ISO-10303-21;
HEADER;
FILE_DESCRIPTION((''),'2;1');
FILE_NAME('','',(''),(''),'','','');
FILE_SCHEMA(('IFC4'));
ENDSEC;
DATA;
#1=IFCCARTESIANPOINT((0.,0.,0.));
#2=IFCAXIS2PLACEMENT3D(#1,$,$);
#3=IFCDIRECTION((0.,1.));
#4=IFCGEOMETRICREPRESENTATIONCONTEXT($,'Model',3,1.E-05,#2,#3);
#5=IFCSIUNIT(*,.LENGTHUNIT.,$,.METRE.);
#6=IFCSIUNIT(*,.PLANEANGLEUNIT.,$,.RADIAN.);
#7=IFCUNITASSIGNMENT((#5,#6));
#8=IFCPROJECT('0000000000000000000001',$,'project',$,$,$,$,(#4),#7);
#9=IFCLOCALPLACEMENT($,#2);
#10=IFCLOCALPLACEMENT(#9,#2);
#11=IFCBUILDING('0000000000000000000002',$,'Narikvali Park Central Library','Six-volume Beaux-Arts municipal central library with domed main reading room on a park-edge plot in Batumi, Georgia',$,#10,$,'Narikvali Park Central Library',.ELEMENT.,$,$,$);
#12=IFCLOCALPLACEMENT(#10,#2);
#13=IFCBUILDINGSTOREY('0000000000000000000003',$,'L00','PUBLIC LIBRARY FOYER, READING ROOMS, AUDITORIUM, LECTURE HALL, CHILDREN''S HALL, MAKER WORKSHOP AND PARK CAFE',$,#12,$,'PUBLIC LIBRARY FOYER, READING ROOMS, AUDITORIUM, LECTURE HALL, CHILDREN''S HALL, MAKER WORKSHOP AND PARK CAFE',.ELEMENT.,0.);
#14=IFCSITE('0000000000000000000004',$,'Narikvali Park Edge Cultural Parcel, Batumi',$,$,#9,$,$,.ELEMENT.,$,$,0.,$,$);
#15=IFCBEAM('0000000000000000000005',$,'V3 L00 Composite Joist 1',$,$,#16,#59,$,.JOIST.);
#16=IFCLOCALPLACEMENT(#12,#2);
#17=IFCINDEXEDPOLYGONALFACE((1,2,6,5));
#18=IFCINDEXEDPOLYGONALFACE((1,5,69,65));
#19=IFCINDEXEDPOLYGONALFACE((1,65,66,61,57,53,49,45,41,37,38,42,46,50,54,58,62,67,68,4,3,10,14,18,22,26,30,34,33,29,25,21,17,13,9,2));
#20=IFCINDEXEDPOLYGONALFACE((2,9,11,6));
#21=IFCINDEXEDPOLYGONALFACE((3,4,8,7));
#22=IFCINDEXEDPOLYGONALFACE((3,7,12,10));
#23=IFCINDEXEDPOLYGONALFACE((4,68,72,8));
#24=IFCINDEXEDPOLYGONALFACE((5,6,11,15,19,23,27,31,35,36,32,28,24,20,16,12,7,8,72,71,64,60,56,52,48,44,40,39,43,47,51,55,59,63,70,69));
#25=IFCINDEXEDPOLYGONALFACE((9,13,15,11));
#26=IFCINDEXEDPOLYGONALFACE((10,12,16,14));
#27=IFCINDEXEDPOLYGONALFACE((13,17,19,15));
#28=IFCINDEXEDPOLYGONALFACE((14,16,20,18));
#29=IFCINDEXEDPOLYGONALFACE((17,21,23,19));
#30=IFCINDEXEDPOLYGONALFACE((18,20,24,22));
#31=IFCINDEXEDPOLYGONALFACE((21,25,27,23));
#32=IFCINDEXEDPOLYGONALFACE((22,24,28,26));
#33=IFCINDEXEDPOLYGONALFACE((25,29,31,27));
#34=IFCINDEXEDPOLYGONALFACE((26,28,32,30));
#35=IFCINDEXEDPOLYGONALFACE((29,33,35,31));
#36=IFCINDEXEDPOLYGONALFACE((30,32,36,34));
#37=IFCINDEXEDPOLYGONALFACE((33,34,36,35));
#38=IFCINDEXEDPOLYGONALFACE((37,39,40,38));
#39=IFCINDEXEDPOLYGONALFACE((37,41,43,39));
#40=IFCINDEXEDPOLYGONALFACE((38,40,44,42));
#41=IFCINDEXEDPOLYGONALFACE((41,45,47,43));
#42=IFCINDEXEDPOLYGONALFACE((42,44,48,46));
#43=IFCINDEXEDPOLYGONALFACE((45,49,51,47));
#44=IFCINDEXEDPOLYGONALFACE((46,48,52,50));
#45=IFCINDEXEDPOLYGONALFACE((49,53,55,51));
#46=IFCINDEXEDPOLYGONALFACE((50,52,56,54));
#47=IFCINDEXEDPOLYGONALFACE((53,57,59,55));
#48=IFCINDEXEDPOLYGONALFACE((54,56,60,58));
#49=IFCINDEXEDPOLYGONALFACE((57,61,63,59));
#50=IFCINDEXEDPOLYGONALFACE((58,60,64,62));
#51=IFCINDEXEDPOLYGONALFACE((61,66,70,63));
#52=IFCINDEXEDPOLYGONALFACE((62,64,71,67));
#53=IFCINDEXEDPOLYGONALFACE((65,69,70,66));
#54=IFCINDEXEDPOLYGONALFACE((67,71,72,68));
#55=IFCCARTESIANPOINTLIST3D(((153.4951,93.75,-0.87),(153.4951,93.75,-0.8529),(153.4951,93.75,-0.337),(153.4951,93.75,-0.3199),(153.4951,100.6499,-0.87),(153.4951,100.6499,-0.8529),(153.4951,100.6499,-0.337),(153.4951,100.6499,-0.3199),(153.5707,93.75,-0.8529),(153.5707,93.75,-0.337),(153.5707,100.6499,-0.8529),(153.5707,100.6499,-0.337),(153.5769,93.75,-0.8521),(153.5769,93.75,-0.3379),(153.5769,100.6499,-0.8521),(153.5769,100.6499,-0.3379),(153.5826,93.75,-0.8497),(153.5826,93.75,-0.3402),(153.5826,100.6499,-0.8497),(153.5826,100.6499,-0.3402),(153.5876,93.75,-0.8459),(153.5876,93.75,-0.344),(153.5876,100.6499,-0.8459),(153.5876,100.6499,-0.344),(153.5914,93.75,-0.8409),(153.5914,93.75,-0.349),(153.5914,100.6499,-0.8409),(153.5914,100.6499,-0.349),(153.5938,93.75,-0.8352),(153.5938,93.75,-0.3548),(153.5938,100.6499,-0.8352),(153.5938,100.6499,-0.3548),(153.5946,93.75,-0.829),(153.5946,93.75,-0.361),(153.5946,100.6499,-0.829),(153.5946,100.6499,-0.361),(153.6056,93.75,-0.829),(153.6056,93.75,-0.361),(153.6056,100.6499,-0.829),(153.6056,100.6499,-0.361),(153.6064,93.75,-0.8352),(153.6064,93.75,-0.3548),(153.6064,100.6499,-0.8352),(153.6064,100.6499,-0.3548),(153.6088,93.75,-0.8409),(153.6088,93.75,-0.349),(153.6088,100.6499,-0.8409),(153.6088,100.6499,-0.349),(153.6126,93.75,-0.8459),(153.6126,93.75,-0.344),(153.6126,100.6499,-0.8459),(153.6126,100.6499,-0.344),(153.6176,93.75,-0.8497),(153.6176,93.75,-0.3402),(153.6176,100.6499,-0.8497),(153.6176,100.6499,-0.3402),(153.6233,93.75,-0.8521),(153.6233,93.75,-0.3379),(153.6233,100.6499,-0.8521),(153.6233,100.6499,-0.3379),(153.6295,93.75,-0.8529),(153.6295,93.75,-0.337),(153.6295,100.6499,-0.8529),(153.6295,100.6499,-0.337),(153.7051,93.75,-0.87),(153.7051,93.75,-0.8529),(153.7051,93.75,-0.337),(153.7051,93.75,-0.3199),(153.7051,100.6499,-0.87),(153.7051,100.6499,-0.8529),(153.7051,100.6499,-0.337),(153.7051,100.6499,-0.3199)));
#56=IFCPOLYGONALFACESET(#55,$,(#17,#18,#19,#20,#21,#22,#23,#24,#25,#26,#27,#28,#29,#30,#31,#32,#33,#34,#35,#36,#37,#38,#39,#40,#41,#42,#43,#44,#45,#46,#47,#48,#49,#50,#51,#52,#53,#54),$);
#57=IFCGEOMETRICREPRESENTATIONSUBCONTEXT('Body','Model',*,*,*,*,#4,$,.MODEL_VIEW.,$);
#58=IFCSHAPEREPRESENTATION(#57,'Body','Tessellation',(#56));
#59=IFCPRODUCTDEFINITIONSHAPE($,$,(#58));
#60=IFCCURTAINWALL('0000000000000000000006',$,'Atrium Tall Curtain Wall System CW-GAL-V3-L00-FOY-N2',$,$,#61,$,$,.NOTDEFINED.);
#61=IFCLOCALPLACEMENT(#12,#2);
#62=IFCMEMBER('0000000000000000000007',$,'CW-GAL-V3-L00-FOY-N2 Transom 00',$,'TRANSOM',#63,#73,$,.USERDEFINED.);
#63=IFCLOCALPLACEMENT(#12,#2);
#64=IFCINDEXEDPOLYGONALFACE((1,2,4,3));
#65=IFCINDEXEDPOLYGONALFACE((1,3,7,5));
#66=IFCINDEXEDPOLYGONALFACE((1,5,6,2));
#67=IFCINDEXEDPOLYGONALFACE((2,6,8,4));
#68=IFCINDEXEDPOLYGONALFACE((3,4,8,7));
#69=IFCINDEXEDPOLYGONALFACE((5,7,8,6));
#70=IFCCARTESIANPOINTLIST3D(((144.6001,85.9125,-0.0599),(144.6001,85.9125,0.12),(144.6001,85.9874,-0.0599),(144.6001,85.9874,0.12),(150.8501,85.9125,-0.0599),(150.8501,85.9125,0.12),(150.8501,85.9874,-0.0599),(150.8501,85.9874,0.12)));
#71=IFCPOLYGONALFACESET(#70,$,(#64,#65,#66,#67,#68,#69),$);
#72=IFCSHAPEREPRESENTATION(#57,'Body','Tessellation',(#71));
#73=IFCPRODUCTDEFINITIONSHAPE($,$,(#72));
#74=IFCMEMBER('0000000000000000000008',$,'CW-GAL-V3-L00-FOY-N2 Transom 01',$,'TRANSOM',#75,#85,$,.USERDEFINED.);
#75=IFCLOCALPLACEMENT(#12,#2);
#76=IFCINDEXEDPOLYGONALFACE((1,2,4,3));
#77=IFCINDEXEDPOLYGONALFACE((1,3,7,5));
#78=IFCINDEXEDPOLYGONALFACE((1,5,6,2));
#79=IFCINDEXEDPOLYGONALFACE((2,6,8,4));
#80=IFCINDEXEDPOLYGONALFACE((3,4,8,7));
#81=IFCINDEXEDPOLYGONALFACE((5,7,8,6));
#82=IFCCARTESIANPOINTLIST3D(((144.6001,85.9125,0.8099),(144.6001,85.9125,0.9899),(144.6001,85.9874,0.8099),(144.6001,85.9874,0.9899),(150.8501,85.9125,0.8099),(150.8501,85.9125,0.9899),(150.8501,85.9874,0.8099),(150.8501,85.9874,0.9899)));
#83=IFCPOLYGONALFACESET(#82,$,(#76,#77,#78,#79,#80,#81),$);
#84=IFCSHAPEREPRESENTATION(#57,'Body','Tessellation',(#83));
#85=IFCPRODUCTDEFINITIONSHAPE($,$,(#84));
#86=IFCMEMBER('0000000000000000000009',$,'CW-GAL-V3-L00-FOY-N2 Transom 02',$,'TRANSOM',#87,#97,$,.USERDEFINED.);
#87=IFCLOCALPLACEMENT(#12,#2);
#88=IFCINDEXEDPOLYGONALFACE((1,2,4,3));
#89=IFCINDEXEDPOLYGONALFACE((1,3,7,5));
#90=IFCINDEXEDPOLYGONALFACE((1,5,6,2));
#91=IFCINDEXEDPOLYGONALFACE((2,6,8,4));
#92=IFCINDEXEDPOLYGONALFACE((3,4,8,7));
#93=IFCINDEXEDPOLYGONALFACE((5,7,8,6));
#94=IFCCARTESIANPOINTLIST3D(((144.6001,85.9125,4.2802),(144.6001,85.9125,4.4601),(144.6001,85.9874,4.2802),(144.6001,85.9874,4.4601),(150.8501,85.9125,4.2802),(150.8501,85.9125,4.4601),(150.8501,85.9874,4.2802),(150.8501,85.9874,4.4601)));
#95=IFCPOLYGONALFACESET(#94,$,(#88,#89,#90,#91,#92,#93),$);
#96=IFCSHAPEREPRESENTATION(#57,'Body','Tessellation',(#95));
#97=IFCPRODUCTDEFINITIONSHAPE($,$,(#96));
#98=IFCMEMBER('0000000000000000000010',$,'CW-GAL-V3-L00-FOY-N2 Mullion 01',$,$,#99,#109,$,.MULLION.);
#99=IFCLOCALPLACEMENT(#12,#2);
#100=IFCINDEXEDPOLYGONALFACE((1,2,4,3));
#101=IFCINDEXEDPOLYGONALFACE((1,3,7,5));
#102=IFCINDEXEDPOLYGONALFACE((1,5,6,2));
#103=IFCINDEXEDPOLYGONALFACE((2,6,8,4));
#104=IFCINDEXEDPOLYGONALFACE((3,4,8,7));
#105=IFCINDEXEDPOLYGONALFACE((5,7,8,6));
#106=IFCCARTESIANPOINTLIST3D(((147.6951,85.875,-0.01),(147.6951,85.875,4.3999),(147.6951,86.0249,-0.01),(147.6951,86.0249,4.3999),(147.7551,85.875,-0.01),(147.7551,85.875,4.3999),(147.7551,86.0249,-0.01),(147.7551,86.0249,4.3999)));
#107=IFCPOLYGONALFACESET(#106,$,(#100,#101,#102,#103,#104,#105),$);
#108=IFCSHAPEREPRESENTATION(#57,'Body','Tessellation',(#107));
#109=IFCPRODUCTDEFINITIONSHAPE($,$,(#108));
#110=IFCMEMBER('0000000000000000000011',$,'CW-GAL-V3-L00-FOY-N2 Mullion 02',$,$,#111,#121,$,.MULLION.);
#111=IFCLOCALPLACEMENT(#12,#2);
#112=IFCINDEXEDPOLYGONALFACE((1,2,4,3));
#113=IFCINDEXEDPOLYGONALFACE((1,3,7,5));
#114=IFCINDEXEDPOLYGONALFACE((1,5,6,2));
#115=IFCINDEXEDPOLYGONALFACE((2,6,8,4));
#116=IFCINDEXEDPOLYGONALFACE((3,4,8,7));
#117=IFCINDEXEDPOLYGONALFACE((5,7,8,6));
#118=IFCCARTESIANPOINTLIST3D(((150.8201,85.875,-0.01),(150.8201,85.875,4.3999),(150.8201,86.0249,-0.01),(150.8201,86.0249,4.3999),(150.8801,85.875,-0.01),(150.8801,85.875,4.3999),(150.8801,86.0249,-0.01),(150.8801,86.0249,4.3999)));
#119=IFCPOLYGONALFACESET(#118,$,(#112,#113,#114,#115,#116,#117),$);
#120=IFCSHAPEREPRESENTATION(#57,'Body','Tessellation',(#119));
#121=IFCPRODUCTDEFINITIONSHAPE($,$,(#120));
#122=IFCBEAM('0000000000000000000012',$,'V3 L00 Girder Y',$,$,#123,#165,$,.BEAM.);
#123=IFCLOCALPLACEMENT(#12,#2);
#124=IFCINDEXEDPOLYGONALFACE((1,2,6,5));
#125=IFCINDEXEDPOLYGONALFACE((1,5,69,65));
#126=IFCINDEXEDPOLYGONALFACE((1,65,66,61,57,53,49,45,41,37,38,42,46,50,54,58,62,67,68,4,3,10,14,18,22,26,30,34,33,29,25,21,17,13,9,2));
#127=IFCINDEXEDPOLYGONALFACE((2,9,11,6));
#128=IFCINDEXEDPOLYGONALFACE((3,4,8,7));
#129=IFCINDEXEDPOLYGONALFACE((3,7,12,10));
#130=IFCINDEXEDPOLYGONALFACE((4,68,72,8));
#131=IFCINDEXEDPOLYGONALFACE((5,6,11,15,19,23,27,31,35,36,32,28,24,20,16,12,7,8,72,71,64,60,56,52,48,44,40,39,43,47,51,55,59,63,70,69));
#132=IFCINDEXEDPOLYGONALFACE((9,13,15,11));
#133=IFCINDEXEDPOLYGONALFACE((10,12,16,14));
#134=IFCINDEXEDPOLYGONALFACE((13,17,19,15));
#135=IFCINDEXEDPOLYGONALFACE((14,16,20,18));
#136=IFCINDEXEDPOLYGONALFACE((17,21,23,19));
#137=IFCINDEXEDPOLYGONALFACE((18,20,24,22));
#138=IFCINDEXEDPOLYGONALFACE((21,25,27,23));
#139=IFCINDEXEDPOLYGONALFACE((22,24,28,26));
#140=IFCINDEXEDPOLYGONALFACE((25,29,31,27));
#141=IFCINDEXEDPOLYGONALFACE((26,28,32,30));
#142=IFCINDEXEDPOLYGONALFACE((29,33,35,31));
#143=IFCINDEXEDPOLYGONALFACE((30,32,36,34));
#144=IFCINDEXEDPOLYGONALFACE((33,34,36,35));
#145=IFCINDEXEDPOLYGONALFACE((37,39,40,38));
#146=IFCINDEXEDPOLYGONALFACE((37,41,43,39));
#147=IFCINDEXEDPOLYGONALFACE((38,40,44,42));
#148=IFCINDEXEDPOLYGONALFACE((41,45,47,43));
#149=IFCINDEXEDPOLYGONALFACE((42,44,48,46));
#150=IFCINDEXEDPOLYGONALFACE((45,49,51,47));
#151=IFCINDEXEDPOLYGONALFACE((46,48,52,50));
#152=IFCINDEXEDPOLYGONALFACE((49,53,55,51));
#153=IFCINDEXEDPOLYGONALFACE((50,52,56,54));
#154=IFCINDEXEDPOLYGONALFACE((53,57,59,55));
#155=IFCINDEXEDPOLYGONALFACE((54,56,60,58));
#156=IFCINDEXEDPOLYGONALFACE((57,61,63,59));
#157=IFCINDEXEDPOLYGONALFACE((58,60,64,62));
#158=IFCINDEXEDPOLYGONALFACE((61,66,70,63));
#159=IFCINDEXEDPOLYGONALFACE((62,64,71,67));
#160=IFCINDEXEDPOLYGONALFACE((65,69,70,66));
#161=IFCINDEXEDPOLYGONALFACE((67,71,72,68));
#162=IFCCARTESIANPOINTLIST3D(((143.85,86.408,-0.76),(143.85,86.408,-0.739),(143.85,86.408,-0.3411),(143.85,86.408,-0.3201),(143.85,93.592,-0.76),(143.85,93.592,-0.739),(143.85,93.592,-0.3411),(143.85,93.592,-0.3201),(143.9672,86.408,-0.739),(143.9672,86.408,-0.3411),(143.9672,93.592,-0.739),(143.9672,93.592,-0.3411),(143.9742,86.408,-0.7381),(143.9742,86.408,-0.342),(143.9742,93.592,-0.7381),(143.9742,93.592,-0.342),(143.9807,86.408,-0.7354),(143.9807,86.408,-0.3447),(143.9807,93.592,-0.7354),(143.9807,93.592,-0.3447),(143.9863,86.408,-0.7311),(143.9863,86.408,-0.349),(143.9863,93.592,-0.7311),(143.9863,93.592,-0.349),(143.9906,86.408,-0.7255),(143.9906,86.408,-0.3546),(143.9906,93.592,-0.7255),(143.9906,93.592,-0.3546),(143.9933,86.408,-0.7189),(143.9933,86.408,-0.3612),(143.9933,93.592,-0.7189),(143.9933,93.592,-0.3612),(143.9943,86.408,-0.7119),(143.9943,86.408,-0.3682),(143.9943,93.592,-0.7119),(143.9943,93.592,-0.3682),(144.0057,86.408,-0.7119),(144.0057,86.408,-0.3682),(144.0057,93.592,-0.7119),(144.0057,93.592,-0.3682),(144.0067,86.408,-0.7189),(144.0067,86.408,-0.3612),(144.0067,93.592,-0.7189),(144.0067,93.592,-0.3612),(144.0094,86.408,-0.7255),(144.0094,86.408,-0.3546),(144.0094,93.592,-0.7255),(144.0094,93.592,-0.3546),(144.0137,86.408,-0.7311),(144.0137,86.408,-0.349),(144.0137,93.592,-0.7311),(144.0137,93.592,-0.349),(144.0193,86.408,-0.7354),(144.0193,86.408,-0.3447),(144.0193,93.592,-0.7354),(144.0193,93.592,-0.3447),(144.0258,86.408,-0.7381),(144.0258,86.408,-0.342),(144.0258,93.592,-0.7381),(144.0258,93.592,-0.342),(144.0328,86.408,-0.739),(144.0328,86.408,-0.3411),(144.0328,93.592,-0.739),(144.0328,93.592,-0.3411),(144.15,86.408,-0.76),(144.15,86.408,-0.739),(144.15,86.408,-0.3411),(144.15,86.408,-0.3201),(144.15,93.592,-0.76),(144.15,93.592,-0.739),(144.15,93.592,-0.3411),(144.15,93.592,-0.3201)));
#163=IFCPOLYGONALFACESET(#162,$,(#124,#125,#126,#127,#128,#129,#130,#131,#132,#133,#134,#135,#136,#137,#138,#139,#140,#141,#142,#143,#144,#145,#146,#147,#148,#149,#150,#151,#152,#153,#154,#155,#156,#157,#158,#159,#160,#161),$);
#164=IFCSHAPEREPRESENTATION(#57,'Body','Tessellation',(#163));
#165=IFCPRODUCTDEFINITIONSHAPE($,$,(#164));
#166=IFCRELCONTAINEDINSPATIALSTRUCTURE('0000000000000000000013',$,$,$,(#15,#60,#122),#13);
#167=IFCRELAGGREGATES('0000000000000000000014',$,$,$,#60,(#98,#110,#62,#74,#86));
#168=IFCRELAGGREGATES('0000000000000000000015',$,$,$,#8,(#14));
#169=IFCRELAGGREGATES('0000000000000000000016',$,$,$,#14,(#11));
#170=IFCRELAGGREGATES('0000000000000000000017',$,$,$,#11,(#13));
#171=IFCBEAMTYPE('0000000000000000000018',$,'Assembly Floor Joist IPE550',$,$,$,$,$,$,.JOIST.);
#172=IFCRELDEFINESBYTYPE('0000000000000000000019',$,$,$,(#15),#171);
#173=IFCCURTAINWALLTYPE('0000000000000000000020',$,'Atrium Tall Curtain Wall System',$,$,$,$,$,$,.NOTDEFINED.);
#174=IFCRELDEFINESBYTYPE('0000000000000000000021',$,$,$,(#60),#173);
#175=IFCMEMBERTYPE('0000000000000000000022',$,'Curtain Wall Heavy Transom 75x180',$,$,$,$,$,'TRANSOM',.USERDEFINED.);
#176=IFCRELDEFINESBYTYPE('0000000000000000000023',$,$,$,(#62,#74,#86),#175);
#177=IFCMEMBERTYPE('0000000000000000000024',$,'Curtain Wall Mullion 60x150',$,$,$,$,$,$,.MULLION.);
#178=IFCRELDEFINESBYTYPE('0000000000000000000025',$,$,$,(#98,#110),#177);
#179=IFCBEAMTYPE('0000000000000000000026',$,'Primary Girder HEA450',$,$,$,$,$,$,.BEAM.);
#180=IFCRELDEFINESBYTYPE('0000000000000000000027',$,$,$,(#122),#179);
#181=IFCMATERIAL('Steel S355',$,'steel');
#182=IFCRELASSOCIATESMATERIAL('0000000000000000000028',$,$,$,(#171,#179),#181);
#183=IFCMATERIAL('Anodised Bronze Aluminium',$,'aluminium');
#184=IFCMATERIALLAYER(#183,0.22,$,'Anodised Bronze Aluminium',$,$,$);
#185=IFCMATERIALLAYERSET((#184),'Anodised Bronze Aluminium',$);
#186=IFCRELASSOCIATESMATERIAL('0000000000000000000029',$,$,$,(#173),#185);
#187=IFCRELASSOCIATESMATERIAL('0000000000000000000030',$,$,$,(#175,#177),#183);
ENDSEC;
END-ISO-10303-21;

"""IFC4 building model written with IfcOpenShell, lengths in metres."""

from ifc_helpers import new_model, si_unit, direction, frame, origin, origin_2d, place, context, subcontext, project, spatial, rectangle, i_section, extrude, material, layer, layer_set, material_profile, profile_set, type_object, element, aggregate, save


model = new_model("IFC4")

# Units and contexts
model_context = context("Model", 3, precision=1e-05, world=origin(), true_north=direction((0.0, 1.0)))
body_context = subcontext(model_context, "Body", "Model", "MODEL_VIEW")
ifc_project = project(units=[si_unit("LENGTHUNIT", "METRE"), si_unit("PLANEANGLEUNIT", "RADIAN")], contexts=[model_context])

# Site, building, storey
site_placement = place(None, origin())
site = spatial("IfcSite", under=ifc_project, at=site_placement, Name="Narikvali Park Edge Cultural Parcel, Batumi", CompositionType="ELEMENT", RefElevation=0.0)
building_placement = place(site_placement, origin())
building = spatial("IfcBuilding", under=site, at=building_placement, Name="Narikvali Park Central Library", Description="Six-volume Beaux-Arts municipal central library with domed main reading room on a park-edge plot in Batumi, Georgia", LongName="Narikvali Park Central Library", CompositionType="ELEMENT")
storey_placement = place(building_placement, origin())
storey = spatial("IfcBuildingStorey", under=building, at=storey_placement, Name="L00", Description="PUBLIC LIBRARY FOYER, READING ROOMS, AUDITORIUM, LECTURE HALL, CHILDREN'S HALL, MAKER WORKSHOP AND PARK CAFE", LongName="PUBLIC LIBRARY FOYER, READING ROOMS, AUDITORIUM, LECTURE HALL, CHILDREN'S HALL, MAKER WORKSHOP AND PARK CAFE", CompositionType="ELEMENT", Elevation=0.0)

# Shared definitions
ifc_material_1 = material(Name="Steel S355", Category="steel")

# Beam
ifc_material_profile_1 = material_profile(ifc_material_1, i_section(OverallWidth=0.21, OverallDepth=0.55, WebThickness=0.011, FlangeThickness=0.0171, FilletRadius=0.0239, at=origin_2d()), Name="IPE 550")
ifc_profile_set_1 = profile_set([ifc_material_profile_1], Name="Steel S355")
beam_type_1 = type_object("IfcBeamType", Name="Assembly Floor Joist IPE550", PredefinedType="JOIST", material=ifc_profile_set_1)
for number, where, z_axis, x_axis, name in (
    (1, (153.6001, 93.75, -0.595), (0.0, 1.0, 0.0), (-1.0, 0.0, 0.0), "V3 L00 Composite Joist 1"),
):
    element("IfcBeam", number, at=place(storey_placement, frame(where, z_axis=z_axis, x_axis=x_axis)), inside=storey, type_object=beam_type_1, Name=name, PredefinedType="JOIST", context=body_context, shape_type="SweptSolid", body=[
        extrude(i_section(OverallWidth=0.21, OverallDepth=0.55, WebThickness=0.011, FlangeThickness=0.0171, FilletRadius=0.0239, at=origin_2d()), origin(), (0.0, 0.0, 1.0), 6.8999),
    ])

# Curtain wall, members
ifc_material_2 = material(Name="Anodised Bronze Aluminium", Category="aluminium")
ifc_layer_1 = layer(ifc_material_2, 0.22, Name="Anodised Bronze Aluminium")
ifc_layer_set_1 = layer_set([ifc_layer_1], Name="Anodised Bronze Aluminium")
curtain_wall_type = type_object("IfcCurtainWallType", Name="Atrium Tall Curtain Wall System", PredefinedType="NOTDEFINED", material=ifc_layer_set_1)
curtain_wall_placement = place(storey_placement, origin())
curtain_wall = element("IfcCurtainWall", 2, at=curtain_wall_placement, inside=storey, type_object=curtain_wall_type, Name="Atrium Tall Curtain Wall System CW-GAL-V3-L00-FOY-N2", PredefinedType="NOTDEFINED")
ifc_material_profile_2 = material_profile(ifc_material_2, rectangle(XDim=0.075, YDim=0.1799, at=origin_2d()), Name="CW TRANSOM 75x180")
ifc_profile_set_2 = profile_set([ifc_material_profile_2], Name="Anodised Bronze Aluminium")
member_type_1 = type_object("IfcMemberType", Name="Curtain Wall Heavy Transom 75x180", ElementType="TRANSOM", PredefinedType="USERDEFINED", material=ifc_profile_set_2)
member_1_placement = place(storey_placement, frame((144.6001, 85.95, 0.03), z_axis=(1.0, 0.0, 0.0), x_axis=(0.0, 1.0, 0.0)))
member_1 = element("IfcMember", 3, at=member_1_placement, type_object=member_type_1, Name="CW-GAL-V3-L00-FOY-N2 Transom 00", ObjectType="TRANSOM", PredefinedType="USERDEFINED", context=body_context, shape_type="SweptSolid", body=[
    extrude(rectangle(XDim=0.075, YDim=0.1799, at=origin_2d()), origin(), (0.0, 0.0, 1.0), 6.25),
])
member_2_placement = place(storey_placement, frame((144.6001, 85.95, 0.8999), z_axis=(1.0, 0.0, 0.0), x_axis=(0.0, 1.0, 0.0)))
member_2 = element("IfcMember", 4, at=member_2_placement, type_object=member_type_1, Name="CW-GAL-V3-L00-FOY-N2 Transom 01", ObjectType="TRANSOM", PredefinedType="USERDEFINED", context=body_context, shape_type="SweptSolid", body=[
    extrude(rectangle(XDim=0.075, YDim=0.1799, at=origin_2d()), origin(), (0.0, 0.0, 1.0), 6.25),
])
member_3_placement = place(storey_placement, frame((144.6001, 85.95, 4.3701), z_axis=(1.0, 0.0, 0.0), x_axis=(0.0, 1.0, 0.0)))
member_3 = element("IfcMember", 5, at=member_3_placement, type_object=member_type_1, Name="CW-GAL-V3-L00-FOY-N2 Transom 02", ObjectType="TRANSOM", PredefinedType="USERDEFINED", context=body_context, shape_type="SweptSolid", body=[
    extrude(rectangle(XDim=0.075, YDim=0.1799, at=origin_2d()), origin(), (0.0, 0.0, 1.0), 6.25),
])
ifc_material_profile_3 = material_profile(ifc_material_2, rectangle(XDim=0.0601, YDim=0.1499, at=origin_2d()), Name="CW MULLION 60x150")
ifc_profile_set_3 = profile_set([ifc_material_profile_3], Name="Anodised Bronze Aluminium")
member_type_2 = type_object("IfcMemberType", Name="Curtain Wall Mullion 60x150", PredefinedType="MULLION", material=ifc_profile_set_3)
member_4_placement = place(storey_placement, frame((147.7251, 85.95, -0.01), z_axis=(0.0, 0.0, 1.0), x_axis=(1.0, 0.0, 0.0)))
member_4 = element("IfcMember", 6, at=member_4_placement, type_object=member_type_2, Name="CW-GAL-V3-L00-FOY-N2 Mullion 01", PredefinedType="MULLION", context=body_context, shape_type="SweptSolid", body=[
    extrude(rectangle(XDim=0.0601, YDim=0.1499, at=origin_2d()), origin(), (0.0, 0.0, 1.0), 4.4099),
])
member_5_placement = place(storey_placement, frame((150.8501, 85.95, -0.01), z_axis=(0.0, 0.0, 1.0), x_axis=(1.0, 0.0, 0.0)))
member_5 = element("IfcMember", 7, at=member_5_placement, type_object=member_type_2, Name="CW-GAL-V3-L00-FOY-N2 Mullion 02", PredefinedType="MULLION", context=body_context, shape_type="SweptSolid", body=[
    extrude(rectangle(XDim=0.0601, YDim=0.1499, at=origin_2d()), origin(), (0.0, 0.0, 1.0), 4.4099),
])

# Beam
ifc_material_profile_4 = material_profile(ifc_material_1, i_section(OverallWidth=0.3, OverallDepth=0.4399, WebThickness=0.0115, FlangeThickness=0.021, FilletRadius=0.0271, at=origin_2d()), Name="HEA 450")
ifc_profile_set_4 = profile_set([ifc_material_profile_4], Name="Steel S355")
beam_type_2 = type_object("IfcBeamType", Name="Primary Girder HEA450", PredefinedType="BEAM", material=ifc_profile_set_4)
for number, where, z_axis, x_axis, name in (
    (8, (144.0, 86.408, -0.54), (0.0, 1.0, 0.0), (-1.0, 0.0, 0.0), "V3 L00 Girder Y"),
):
    element("IfcBeam", number, at=place(storey_placement, frame(where, z_axis=z_axis, x_axis=x_axis)), inside=storey, type_object=beam_type_2, Name=name, PredefinedType="BEAM", context=body_context, shape_type="SweptSolid", body=[
        extrude(i_section(OverallWidth=0.3, OverallDepth=0.4399, WebThickness=0.0115, FlangeThickness=0.021, FilletRadius=0.0271, at=origin_2d()), origin(), (0.0, 0.0, 1.0), 7.1841),
    ])

aggregate(curtain_wall, [member_4, member_5, member_1, member_2, member_3])

save(model, "model.ifc")
